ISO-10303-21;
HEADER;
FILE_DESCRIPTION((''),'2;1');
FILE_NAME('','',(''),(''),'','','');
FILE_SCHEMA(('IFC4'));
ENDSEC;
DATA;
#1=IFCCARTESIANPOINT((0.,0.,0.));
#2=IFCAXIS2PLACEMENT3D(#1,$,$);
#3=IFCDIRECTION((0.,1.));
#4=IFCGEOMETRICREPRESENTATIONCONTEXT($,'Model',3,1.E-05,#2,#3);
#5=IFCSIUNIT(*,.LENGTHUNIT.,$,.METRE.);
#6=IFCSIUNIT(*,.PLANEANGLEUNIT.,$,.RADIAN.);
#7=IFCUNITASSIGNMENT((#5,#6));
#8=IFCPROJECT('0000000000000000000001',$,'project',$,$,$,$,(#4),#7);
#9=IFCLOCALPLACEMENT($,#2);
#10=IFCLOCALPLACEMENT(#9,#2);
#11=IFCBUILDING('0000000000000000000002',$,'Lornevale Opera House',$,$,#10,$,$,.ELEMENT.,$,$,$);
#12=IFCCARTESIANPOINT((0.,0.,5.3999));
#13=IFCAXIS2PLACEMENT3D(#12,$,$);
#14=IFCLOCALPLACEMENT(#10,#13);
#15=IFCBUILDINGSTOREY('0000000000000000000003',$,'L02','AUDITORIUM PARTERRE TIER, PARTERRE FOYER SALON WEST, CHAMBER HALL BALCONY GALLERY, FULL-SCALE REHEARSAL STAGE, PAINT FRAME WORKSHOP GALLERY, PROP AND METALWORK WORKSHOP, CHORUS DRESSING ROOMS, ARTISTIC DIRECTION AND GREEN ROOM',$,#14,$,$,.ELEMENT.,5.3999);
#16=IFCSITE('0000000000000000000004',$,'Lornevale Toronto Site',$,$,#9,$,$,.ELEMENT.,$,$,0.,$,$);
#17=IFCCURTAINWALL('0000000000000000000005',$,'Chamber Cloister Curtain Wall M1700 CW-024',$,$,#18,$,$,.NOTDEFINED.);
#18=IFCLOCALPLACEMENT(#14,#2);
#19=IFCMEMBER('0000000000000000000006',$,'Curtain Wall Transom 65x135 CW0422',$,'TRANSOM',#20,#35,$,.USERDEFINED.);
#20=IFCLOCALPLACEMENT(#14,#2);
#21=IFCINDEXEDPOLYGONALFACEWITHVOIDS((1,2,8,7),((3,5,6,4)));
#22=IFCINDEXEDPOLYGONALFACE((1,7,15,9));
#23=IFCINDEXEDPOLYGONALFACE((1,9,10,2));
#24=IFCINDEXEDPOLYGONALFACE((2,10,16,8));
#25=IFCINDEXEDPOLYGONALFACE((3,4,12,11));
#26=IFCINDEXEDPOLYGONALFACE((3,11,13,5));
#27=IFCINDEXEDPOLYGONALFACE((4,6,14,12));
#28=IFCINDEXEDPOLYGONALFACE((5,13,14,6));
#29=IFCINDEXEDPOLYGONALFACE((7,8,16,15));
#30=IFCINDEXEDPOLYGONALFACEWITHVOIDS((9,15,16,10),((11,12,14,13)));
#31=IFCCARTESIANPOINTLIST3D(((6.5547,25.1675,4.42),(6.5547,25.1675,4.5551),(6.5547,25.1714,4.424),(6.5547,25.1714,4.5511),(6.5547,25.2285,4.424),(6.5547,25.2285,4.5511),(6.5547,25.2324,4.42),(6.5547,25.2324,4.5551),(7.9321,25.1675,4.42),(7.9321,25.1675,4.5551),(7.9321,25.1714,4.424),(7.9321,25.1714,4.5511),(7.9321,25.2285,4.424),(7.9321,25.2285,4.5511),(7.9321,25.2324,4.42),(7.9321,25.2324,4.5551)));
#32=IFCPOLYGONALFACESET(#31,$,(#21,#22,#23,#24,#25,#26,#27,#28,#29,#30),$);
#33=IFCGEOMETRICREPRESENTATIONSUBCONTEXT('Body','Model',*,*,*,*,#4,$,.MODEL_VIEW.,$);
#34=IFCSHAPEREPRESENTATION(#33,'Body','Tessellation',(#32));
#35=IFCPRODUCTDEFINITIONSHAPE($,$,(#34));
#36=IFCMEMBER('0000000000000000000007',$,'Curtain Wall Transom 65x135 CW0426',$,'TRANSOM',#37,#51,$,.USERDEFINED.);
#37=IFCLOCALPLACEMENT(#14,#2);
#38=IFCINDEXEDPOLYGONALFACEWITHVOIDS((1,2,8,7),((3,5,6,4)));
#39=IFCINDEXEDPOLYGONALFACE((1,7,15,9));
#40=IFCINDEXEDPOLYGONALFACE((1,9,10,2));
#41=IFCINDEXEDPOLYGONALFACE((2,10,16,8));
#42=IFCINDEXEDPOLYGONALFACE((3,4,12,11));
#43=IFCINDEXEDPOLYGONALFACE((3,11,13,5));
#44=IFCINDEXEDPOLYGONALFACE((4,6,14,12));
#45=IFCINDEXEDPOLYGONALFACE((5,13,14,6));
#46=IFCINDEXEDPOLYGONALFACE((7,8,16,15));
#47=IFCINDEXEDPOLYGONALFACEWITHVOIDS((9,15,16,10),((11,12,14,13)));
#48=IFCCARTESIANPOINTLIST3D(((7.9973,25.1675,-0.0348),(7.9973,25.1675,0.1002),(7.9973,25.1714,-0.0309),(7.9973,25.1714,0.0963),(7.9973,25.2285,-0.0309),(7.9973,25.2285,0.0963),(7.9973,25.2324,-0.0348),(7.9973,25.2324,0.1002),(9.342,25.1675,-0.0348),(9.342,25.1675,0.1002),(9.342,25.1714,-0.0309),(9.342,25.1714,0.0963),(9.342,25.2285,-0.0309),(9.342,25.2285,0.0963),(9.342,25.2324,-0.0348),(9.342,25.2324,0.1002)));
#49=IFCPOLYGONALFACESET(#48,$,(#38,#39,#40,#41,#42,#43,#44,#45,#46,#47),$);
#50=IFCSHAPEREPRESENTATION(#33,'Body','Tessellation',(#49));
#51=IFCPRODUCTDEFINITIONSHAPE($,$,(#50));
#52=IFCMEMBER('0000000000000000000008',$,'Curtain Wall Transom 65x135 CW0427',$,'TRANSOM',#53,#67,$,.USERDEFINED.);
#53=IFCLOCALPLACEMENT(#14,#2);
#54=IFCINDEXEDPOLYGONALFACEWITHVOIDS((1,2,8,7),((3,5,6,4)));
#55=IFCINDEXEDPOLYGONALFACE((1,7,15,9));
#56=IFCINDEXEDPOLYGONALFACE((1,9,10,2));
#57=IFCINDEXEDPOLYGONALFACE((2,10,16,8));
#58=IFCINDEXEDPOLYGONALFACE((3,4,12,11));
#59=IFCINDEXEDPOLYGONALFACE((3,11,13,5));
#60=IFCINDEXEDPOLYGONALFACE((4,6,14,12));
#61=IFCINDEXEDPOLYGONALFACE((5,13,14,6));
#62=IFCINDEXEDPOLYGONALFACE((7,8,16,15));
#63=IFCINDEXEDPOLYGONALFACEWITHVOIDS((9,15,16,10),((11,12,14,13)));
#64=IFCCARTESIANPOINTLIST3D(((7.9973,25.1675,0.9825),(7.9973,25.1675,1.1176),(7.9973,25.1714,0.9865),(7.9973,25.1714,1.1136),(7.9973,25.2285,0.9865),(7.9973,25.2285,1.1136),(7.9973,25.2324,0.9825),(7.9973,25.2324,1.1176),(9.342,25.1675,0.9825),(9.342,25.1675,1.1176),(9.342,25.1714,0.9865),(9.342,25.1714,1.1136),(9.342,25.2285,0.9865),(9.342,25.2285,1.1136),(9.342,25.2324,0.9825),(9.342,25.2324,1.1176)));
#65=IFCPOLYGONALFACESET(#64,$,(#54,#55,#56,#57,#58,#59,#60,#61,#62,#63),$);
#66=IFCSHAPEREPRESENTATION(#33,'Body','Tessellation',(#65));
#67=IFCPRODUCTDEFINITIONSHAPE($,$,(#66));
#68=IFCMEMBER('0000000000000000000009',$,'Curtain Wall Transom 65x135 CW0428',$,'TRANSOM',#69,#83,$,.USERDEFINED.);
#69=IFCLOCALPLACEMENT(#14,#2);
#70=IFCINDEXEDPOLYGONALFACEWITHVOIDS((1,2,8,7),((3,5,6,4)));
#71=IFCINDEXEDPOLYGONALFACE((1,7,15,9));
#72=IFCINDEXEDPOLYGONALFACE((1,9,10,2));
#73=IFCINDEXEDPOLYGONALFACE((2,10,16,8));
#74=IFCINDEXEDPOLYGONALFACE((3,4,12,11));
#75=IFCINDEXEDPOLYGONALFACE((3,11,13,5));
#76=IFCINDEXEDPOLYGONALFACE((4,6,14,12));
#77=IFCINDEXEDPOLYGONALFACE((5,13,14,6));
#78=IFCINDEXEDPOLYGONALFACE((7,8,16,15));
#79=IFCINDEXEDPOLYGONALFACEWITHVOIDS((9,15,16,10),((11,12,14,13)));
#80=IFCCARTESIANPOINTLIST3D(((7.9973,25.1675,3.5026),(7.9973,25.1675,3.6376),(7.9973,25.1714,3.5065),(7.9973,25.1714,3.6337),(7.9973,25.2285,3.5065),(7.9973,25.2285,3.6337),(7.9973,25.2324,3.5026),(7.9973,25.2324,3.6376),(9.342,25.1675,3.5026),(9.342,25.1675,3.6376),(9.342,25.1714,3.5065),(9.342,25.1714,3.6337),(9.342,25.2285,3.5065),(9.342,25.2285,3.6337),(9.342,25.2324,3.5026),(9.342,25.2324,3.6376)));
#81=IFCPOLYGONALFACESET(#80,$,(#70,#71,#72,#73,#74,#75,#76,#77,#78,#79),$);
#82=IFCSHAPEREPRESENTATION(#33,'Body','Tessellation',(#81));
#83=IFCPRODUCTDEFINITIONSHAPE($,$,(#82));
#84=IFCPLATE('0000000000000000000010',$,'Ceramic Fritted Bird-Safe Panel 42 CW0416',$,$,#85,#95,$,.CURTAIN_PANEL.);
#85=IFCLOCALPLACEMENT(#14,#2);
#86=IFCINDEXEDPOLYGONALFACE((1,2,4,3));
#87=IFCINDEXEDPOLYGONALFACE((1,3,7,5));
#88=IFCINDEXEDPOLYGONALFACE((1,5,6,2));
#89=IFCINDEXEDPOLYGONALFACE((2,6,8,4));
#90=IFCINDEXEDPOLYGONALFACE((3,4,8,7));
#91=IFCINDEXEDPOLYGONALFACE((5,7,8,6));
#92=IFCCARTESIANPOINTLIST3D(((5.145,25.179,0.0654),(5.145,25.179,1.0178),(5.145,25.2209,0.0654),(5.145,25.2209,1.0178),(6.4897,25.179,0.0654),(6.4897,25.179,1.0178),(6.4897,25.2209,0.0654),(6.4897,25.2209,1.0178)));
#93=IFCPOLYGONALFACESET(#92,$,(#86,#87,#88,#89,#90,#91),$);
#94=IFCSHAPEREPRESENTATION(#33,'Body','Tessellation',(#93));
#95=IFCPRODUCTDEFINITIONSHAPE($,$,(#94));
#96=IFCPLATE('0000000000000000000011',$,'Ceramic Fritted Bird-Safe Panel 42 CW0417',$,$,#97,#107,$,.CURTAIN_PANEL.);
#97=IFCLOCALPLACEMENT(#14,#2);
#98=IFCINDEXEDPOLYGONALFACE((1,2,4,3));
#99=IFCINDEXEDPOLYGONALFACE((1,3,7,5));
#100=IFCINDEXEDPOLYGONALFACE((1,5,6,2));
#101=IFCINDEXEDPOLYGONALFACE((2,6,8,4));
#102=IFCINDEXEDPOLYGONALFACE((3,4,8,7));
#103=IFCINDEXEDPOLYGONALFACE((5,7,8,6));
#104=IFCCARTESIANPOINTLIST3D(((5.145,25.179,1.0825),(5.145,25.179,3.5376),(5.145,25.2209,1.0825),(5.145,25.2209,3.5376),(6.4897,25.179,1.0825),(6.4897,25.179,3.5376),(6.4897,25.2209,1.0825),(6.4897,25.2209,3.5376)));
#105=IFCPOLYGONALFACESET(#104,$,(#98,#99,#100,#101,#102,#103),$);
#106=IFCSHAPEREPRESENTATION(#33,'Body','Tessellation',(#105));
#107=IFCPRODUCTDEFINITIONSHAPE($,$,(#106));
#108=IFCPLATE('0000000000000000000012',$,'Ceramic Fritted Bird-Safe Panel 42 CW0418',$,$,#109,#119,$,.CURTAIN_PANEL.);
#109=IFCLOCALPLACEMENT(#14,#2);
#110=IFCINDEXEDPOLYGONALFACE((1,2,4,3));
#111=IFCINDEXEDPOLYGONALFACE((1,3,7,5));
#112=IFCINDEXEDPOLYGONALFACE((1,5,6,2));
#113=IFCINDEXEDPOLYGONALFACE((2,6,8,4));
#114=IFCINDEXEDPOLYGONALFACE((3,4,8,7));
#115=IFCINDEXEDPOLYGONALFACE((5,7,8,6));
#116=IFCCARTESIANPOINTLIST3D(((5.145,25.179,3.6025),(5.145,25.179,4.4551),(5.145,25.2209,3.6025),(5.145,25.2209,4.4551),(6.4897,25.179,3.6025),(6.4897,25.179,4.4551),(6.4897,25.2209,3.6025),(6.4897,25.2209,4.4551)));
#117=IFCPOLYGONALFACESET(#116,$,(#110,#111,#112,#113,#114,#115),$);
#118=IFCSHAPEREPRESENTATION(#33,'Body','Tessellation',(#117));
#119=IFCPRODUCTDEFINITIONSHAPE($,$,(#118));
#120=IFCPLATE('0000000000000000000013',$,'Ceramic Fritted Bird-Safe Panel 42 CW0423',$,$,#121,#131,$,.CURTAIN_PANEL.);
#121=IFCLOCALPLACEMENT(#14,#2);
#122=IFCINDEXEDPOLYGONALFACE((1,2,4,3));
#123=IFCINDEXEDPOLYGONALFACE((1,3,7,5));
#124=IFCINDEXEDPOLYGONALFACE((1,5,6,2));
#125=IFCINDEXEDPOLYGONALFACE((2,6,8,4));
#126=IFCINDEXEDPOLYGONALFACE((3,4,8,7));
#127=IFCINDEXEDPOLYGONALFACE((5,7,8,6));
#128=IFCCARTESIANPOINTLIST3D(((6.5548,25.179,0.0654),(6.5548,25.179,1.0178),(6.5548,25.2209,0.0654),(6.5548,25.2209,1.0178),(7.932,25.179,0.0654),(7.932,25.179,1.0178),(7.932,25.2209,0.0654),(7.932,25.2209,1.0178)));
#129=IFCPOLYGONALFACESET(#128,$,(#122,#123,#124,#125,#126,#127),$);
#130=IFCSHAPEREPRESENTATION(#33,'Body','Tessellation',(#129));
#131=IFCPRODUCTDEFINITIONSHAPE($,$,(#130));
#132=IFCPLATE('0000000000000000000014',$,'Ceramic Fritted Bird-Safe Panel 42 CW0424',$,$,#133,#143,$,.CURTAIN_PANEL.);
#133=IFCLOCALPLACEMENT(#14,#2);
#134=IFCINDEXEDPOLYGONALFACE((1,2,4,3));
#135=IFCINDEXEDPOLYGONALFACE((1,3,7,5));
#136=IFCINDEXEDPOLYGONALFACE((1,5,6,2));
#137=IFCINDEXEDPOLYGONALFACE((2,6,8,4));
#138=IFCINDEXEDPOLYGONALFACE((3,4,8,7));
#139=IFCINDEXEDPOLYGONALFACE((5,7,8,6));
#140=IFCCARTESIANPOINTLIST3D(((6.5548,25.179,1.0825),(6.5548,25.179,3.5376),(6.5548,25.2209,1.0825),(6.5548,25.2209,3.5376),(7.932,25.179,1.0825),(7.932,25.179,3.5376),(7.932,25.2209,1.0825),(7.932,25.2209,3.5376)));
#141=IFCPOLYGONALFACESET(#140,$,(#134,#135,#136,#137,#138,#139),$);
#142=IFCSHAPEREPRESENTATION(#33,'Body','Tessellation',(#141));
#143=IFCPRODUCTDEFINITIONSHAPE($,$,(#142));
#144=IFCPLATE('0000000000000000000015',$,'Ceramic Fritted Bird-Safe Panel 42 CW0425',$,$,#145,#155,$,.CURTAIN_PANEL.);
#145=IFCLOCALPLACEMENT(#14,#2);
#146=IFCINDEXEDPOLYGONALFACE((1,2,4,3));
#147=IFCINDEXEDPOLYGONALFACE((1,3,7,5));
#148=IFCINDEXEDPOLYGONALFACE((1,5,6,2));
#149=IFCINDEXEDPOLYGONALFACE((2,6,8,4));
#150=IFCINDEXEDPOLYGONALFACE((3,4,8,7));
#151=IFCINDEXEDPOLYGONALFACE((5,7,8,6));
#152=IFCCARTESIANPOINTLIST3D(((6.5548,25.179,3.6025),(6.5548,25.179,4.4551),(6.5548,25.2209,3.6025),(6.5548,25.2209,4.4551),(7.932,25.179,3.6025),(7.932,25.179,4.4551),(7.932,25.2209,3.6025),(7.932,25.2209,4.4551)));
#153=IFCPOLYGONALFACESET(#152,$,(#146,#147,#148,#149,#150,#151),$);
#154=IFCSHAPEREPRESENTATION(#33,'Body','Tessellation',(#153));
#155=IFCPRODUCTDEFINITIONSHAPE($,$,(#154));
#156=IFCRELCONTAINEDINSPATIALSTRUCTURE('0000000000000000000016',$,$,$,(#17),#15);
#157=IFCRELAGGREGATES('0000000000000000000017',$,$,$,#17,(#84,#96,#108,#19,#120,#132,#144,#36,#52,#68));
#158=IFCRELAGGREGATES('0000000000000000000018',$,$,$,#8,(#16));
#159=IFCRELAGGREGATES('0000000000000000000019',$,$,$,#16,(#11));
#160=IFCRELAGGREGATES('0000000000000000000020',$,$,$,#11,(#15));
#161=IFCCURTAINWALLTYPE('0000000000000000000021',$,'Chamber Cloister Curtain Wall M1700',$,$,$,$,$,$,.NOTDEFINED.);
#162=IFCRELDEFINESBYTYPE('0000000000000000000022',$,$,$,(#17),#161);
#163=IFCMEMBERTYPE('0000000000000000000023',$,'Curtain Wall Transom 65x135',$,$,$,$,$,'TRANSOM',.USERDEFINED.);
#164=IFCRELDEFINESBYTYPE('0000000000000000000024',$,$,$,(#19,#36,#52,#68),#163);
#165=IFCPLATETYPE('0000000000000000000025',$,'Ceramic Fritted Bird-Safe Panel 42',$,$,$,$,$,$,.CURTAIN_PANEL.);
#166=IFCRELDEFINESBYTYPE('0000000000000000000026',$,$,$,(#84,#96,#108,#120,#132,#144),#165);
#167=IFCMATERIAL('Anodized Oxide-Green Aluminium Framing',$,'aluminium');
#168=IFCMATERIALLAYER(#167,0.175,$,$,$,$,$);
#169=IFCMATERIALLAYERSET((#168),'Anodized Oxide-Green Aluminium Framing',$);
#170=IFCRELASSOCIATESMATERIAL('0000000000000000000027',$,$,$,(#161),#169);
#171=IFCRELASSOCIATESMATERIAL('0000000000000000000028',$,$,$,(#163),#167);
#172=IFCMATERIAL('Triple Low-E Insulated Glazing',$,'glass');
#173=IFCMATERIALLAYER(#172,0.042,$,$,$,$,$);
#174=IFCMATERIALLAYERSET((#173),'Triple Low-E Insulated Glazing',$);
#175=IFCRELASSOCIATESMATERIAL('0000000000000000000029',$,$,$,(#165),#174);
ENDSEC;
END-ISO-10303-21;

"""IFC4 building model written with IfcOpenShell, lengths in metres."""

from ifc_helpers import new_model, si_unit, direction, frame, origin, origin_2d, place, context, subcontext, project, spatial, rectangle, hollow_rectangle, extrude, material, layer, layer_set, material_profile, profile_set, type_object, element, aggregate, save


model = new_model("IFC4")

# Units and contexts
model_context = context("Model", 3, precision=1e-05, world=origin(), true_north=direction((0.0, 1.0)))
body_context = subcontext(model_context, "Body", "Model", "MODEL_VIEW")
ifc_project = project(units=[si_unit("LENGTHUNIT", "METRE"), si_unit("PLANEANGLEUNIT", "RADIAN")], contexts=[model_context])

# Site, building, storey
site_placement = place(None, origin())
site = spatial("IfcSite", under=ifc_project, at=site_placement, Name="Lornevale Toronto Site", CompositionType="ELEMENT", RefElevation=0.0)
building_placement = place(site_placement, origin())
building = spatial("IfcBuilding", under=site, at=building_placement, Name="Lornevale Opera House", CompositionType="ELEMENT")
storey_placement = place(building_placement, frame((0.0, 0.0, 5.3999)))
storey = spatial("IfcBuildingStorey", under=building, at=storey_placement, Name="L02", Description="AUDITORIUM PARTERRE TIER, PARTERRE FOYER SALON WEST, CHAMBER HALL BALCONY GALLERY, FULL-SCALE REHEARSAL STAGE, PAINT FRAME WORKSHOP GALLERY, PROP AND METALWORK WORKSHOP, CHORUS DRESSING ROOMS, ARTISTIC DIRECTION AND GREEN ROOM", CompositionType="ELEMENT", Elevation=5.3999)

# Shared definitions
ifc_material_1 = material(Name="Anodized Oxide-Green Aluminium Framing", Category="aluminium")
ifc_layer_1 = layer(ifc_material_1, 0.175)
ifc_layer_set_1 = layer_set([ifc_layer_1], Name="Anodized Oxide-Green Aluminium Framing")
curtain_wall_type = type_object("IfcCurtainWallType", Name="Chamber Cloister Curtain Wall M1700", PredefinedType="NOTDEFINED", material=ifc_layer_set_1)

# Curtain wall, members, plates
curtain_wall_1_placement = place(storey_placement, origin())
curtain_wall_1 = element("IfcCurtainWall", 1, at=curtain_wall_1_placement, inside=storey, type_object=curtain_wall_type, Name="Chamber Cloister Curtain Wall M1700 CW-024", PredefinedType="NOTDEFINED")
ifc_material_profile_1 = material_profile(ifc_material_1, hollow_rectangle(XDim=0.0649, YDim=0.135, WallThickness=0.0039, at=origin_2d()), Name="ALU65x135x4")
ifc_profile_set_1 = profile_set([ifc_material_profile_1], Name="Anodized Oxide-Green Aluminium Framing")
member_type_1 = type_object("IfcMemberType", Name="Curtain Wall Transom 65x135", ElementType="TRANSOM", PredefinedType="USERDEFINED", material=ifc_profile_set_1)
member_1_placement = place(storey_placement, frame((6.5547, 25.2, 4.4875), z_axis=(1.0, 0.0, 0.0), x_axis=(0.0, 1.0, 0.0)))
member_1 = element("IfcMember", 2, at=member_1_placement, type_object=member_type_1, Name="Curtain Wall Transom 65x135 CW0422", ObjectType="TRANSOM", PredefinedType="USERDEFINED", context=body_context, shape_type="SweptSolid", body=[
    extrude(hollow_rectangle(XDim=0.0649, YDim=0.135, WallThickness=0.0039, at=origin_2d()), origin(), (0.0, 0.0, 1.0), 1.3774),
])
member_2_placement = place(storey_placement, frame((7.9973, 25.2, 0.0327), z_axis=(1.0, 0.0, 0.0), x_axis=(0.0, 1.0, 0.0)))
member_2 = element("IfcMember", 3, at=member_2_placement, type_object=member_type_1, Name="Curtain Wall Transom 65x135 CW0426", ObjectType="TRANSOM", PredefinedType="USERDEFINED", context=body_context, shape_type="SweptSolid", body=[
    extrude(hollow_rectangle(XDim=0.0649, YDim=0.135, WallThickness=0.0039, at=origin_2d()), origin(), (0.0, 0.0, 1.0), 1.3447),
])
member_3_placement = place(storey_placement, frame((7.9973, 25.2, 1.05), z_axis=(1.0, 0.0, 0.0), x_axis=(0.0, 1.0, 0.0)))
member_3 = element("IfcMember", 4, at=member_3_placement, type_object=member_type_1, Name="Curtain Wall Transom 65x135 CW0427", ObjectType="TRANSOM", PredefinedType="USERDEFINED", context=body_context, shape_type="SweptSolid", body=[
    extrude(hollow_rectangle(XDim=0.0649, YDim=0.135, WallThickness=0.0039, at=origin_2d()), origin(), (0.0, 0.0, 1.0), 1.3447),
])
member_4_placement = place(storey_placement, frame((7.9973, 25.2, 3.5701), z_axis=(1.0, 0.0, 0.0), x_axis=(0.0, 1.0, 0.0)))
member_4 = element("IfcMember", 5, at=member_4_placement, type_object=member_type_1, Name="Curtain Wall Transom 65x135 CW0428", ObjectType="TRANSOM", PredefinedType="USERDEFINED", context=body_context, shape_type="SweptSolid", body=[
    extrude(hollow_rectangle(XDim=0.0649, YDim=0.135, WallThickness=0.0039, at=origin_2d()), origin(), (0.0, 0.0, 1.0), 1.3447),
])
ifc_material_2 = material(Name="Triple Low-E Insulated Glazing", Category="glass")
ifc_layer_2 = layer(ifc_material_2, 0.042)
ifc_layer_set_2 = layer_set([ifc_layer_2], Name="Triple Low-E Insulated Glazing")
plate_type = type_object("IfcPlateType", Name="Ceramic Fritted Bird-Safe Panel 42", PredefinedType="CURTAIN_PANEL", material=ifc_layer_set_2)
plate_1_placement = place(storey_placement, frame((5.8174, 25.2, 0.0654), z_axis=(0.0, 0.0, 1.0), x_axis=(1.0, 0.0, 0.0)))
plate_1 = element("IfcPlate", 6, at=plate_1_placement, type_object=plate_type, Name="Ceramic Fritted Bird-Safe Panel 42 CW0416", PredefinedType="CURTAIN_PANEL", context=body_context, shape_type="SweptSolid", body=[
    extrude(rectangle(XDim=1.3447, YDim=0.042, at=origin_2d()), origin(), (0.0, 0.0, 1.0), 0.9524),
])
plate_2_placement = place(storey_placement, frame((5.8174, 25.2, 1.0825), z_axis=(0.0, 0.0, 1.0), x_axis=(1.0, 0.0, 0.0)))
plate_2 = element("IfcPlate", 7, at=plate_2_placement, type_object=plate_type, Name="Ceramic Fritted Bird-Safe Panel 42 CW0417", PredefinedType="CURTAIN_PANEL", context=body_context, shape_type="SweptSolid", body=[
    extrude(rectangle(XDim=1.3447, YDim=0.042, at=origin_2d()), origin(), (0.0, 0.0, 1.0), 2.4551),
])
plate_3_placement = place(storey_placement, frame((5.8174, 25.2, 3.6025), z_axis=(0.0, 0.0, 1.0), x_axis=(1.0, 0.0, 0.0)))
plate_3 = element("IfcPlate", 8, at=plate_3_placement, type_object=plate_type, Name="Ceramic Fritted Bird-Safe Panel 42 CW0418", PredefinedType="CURTAIN_PANEL", context=body_context, shape_type="SweptSolid", body=[
    extrude(rectangle(XDim=1.3447, YDim=0.042, at=origin_2d()), origin(), (0.0, 0.0, 1.0), 0.8525),
])
plate_4_placement = place(storey_placement, frame((7.2434, 25.2, 0.0654), z_axis=(0.0, 0.0, 1.0), x_axis=(1.0, 0.0, 0.0)))
plate_4 = element("IfcPlate", 9, at=plate_4_placement, type_object=plate_type, Name="Ceramic Fritted Bird-Safe Panel 42 CW0423", PredefinedType="CURTAIN_PANEL", context=body_context, shape_type="SweptSolid", body=[
    extrude(rectangle(XDim=1.3772, YDim=0.042, at=origin_2d()), origin(), (0.0, 0.0, 1.0), 0.9524),
])
plate_5_placement = place(storey_placement, frame((7.2434, 25.2, 1.0825), z_axis=(0.0, 0.0, 1.0), x_axis=(1.0, 0.0, 0.0)))
plate_5 = element("IfcPlate", 10, at=plate_5_placement, type_object=plate_type, Name="Ceramic Fritted Bird-Safe Panel 42 CW0424", PredefinedType="CURTAIN_PANEL", context=body_context, shape_type="SweptSolid", body=[
    extrude(rectangle(XDim=1.3772, YDim=0.042, at=origin_2d()), origin(), (0.0, 0.0, 1.0), 2.4551),
])
plate_6_placement = place(storey_placement, frame((7.2434, 25.2, 3.6025), z_axis=(0.0, 0.0, 1.0), x_axis=(1.0, 0.0, 0.0)))
plate_6 = element("IfcPlate", 11, at=plate_6_placement, type_object=plate_type, Name="Ceramic Fritted Bird-Safe Panel 42 CW0425", PredefinedType="CURTAIN_PANEL", context=body_context, shape_type="SweptSolid", body=[
    extrude(rectangle(XDim=1.3772, YDim=0.042, at=origin_2d()), origin(), (0.0, 0.0, 1.0), 0.8525),
])
aggregate(curtain_wall_1, [plate_1, plate_2, plate_3, member_1, plate_4, plate_5, plate_6, member_2, member_3, member_4])

save(model, "model.ifc")
